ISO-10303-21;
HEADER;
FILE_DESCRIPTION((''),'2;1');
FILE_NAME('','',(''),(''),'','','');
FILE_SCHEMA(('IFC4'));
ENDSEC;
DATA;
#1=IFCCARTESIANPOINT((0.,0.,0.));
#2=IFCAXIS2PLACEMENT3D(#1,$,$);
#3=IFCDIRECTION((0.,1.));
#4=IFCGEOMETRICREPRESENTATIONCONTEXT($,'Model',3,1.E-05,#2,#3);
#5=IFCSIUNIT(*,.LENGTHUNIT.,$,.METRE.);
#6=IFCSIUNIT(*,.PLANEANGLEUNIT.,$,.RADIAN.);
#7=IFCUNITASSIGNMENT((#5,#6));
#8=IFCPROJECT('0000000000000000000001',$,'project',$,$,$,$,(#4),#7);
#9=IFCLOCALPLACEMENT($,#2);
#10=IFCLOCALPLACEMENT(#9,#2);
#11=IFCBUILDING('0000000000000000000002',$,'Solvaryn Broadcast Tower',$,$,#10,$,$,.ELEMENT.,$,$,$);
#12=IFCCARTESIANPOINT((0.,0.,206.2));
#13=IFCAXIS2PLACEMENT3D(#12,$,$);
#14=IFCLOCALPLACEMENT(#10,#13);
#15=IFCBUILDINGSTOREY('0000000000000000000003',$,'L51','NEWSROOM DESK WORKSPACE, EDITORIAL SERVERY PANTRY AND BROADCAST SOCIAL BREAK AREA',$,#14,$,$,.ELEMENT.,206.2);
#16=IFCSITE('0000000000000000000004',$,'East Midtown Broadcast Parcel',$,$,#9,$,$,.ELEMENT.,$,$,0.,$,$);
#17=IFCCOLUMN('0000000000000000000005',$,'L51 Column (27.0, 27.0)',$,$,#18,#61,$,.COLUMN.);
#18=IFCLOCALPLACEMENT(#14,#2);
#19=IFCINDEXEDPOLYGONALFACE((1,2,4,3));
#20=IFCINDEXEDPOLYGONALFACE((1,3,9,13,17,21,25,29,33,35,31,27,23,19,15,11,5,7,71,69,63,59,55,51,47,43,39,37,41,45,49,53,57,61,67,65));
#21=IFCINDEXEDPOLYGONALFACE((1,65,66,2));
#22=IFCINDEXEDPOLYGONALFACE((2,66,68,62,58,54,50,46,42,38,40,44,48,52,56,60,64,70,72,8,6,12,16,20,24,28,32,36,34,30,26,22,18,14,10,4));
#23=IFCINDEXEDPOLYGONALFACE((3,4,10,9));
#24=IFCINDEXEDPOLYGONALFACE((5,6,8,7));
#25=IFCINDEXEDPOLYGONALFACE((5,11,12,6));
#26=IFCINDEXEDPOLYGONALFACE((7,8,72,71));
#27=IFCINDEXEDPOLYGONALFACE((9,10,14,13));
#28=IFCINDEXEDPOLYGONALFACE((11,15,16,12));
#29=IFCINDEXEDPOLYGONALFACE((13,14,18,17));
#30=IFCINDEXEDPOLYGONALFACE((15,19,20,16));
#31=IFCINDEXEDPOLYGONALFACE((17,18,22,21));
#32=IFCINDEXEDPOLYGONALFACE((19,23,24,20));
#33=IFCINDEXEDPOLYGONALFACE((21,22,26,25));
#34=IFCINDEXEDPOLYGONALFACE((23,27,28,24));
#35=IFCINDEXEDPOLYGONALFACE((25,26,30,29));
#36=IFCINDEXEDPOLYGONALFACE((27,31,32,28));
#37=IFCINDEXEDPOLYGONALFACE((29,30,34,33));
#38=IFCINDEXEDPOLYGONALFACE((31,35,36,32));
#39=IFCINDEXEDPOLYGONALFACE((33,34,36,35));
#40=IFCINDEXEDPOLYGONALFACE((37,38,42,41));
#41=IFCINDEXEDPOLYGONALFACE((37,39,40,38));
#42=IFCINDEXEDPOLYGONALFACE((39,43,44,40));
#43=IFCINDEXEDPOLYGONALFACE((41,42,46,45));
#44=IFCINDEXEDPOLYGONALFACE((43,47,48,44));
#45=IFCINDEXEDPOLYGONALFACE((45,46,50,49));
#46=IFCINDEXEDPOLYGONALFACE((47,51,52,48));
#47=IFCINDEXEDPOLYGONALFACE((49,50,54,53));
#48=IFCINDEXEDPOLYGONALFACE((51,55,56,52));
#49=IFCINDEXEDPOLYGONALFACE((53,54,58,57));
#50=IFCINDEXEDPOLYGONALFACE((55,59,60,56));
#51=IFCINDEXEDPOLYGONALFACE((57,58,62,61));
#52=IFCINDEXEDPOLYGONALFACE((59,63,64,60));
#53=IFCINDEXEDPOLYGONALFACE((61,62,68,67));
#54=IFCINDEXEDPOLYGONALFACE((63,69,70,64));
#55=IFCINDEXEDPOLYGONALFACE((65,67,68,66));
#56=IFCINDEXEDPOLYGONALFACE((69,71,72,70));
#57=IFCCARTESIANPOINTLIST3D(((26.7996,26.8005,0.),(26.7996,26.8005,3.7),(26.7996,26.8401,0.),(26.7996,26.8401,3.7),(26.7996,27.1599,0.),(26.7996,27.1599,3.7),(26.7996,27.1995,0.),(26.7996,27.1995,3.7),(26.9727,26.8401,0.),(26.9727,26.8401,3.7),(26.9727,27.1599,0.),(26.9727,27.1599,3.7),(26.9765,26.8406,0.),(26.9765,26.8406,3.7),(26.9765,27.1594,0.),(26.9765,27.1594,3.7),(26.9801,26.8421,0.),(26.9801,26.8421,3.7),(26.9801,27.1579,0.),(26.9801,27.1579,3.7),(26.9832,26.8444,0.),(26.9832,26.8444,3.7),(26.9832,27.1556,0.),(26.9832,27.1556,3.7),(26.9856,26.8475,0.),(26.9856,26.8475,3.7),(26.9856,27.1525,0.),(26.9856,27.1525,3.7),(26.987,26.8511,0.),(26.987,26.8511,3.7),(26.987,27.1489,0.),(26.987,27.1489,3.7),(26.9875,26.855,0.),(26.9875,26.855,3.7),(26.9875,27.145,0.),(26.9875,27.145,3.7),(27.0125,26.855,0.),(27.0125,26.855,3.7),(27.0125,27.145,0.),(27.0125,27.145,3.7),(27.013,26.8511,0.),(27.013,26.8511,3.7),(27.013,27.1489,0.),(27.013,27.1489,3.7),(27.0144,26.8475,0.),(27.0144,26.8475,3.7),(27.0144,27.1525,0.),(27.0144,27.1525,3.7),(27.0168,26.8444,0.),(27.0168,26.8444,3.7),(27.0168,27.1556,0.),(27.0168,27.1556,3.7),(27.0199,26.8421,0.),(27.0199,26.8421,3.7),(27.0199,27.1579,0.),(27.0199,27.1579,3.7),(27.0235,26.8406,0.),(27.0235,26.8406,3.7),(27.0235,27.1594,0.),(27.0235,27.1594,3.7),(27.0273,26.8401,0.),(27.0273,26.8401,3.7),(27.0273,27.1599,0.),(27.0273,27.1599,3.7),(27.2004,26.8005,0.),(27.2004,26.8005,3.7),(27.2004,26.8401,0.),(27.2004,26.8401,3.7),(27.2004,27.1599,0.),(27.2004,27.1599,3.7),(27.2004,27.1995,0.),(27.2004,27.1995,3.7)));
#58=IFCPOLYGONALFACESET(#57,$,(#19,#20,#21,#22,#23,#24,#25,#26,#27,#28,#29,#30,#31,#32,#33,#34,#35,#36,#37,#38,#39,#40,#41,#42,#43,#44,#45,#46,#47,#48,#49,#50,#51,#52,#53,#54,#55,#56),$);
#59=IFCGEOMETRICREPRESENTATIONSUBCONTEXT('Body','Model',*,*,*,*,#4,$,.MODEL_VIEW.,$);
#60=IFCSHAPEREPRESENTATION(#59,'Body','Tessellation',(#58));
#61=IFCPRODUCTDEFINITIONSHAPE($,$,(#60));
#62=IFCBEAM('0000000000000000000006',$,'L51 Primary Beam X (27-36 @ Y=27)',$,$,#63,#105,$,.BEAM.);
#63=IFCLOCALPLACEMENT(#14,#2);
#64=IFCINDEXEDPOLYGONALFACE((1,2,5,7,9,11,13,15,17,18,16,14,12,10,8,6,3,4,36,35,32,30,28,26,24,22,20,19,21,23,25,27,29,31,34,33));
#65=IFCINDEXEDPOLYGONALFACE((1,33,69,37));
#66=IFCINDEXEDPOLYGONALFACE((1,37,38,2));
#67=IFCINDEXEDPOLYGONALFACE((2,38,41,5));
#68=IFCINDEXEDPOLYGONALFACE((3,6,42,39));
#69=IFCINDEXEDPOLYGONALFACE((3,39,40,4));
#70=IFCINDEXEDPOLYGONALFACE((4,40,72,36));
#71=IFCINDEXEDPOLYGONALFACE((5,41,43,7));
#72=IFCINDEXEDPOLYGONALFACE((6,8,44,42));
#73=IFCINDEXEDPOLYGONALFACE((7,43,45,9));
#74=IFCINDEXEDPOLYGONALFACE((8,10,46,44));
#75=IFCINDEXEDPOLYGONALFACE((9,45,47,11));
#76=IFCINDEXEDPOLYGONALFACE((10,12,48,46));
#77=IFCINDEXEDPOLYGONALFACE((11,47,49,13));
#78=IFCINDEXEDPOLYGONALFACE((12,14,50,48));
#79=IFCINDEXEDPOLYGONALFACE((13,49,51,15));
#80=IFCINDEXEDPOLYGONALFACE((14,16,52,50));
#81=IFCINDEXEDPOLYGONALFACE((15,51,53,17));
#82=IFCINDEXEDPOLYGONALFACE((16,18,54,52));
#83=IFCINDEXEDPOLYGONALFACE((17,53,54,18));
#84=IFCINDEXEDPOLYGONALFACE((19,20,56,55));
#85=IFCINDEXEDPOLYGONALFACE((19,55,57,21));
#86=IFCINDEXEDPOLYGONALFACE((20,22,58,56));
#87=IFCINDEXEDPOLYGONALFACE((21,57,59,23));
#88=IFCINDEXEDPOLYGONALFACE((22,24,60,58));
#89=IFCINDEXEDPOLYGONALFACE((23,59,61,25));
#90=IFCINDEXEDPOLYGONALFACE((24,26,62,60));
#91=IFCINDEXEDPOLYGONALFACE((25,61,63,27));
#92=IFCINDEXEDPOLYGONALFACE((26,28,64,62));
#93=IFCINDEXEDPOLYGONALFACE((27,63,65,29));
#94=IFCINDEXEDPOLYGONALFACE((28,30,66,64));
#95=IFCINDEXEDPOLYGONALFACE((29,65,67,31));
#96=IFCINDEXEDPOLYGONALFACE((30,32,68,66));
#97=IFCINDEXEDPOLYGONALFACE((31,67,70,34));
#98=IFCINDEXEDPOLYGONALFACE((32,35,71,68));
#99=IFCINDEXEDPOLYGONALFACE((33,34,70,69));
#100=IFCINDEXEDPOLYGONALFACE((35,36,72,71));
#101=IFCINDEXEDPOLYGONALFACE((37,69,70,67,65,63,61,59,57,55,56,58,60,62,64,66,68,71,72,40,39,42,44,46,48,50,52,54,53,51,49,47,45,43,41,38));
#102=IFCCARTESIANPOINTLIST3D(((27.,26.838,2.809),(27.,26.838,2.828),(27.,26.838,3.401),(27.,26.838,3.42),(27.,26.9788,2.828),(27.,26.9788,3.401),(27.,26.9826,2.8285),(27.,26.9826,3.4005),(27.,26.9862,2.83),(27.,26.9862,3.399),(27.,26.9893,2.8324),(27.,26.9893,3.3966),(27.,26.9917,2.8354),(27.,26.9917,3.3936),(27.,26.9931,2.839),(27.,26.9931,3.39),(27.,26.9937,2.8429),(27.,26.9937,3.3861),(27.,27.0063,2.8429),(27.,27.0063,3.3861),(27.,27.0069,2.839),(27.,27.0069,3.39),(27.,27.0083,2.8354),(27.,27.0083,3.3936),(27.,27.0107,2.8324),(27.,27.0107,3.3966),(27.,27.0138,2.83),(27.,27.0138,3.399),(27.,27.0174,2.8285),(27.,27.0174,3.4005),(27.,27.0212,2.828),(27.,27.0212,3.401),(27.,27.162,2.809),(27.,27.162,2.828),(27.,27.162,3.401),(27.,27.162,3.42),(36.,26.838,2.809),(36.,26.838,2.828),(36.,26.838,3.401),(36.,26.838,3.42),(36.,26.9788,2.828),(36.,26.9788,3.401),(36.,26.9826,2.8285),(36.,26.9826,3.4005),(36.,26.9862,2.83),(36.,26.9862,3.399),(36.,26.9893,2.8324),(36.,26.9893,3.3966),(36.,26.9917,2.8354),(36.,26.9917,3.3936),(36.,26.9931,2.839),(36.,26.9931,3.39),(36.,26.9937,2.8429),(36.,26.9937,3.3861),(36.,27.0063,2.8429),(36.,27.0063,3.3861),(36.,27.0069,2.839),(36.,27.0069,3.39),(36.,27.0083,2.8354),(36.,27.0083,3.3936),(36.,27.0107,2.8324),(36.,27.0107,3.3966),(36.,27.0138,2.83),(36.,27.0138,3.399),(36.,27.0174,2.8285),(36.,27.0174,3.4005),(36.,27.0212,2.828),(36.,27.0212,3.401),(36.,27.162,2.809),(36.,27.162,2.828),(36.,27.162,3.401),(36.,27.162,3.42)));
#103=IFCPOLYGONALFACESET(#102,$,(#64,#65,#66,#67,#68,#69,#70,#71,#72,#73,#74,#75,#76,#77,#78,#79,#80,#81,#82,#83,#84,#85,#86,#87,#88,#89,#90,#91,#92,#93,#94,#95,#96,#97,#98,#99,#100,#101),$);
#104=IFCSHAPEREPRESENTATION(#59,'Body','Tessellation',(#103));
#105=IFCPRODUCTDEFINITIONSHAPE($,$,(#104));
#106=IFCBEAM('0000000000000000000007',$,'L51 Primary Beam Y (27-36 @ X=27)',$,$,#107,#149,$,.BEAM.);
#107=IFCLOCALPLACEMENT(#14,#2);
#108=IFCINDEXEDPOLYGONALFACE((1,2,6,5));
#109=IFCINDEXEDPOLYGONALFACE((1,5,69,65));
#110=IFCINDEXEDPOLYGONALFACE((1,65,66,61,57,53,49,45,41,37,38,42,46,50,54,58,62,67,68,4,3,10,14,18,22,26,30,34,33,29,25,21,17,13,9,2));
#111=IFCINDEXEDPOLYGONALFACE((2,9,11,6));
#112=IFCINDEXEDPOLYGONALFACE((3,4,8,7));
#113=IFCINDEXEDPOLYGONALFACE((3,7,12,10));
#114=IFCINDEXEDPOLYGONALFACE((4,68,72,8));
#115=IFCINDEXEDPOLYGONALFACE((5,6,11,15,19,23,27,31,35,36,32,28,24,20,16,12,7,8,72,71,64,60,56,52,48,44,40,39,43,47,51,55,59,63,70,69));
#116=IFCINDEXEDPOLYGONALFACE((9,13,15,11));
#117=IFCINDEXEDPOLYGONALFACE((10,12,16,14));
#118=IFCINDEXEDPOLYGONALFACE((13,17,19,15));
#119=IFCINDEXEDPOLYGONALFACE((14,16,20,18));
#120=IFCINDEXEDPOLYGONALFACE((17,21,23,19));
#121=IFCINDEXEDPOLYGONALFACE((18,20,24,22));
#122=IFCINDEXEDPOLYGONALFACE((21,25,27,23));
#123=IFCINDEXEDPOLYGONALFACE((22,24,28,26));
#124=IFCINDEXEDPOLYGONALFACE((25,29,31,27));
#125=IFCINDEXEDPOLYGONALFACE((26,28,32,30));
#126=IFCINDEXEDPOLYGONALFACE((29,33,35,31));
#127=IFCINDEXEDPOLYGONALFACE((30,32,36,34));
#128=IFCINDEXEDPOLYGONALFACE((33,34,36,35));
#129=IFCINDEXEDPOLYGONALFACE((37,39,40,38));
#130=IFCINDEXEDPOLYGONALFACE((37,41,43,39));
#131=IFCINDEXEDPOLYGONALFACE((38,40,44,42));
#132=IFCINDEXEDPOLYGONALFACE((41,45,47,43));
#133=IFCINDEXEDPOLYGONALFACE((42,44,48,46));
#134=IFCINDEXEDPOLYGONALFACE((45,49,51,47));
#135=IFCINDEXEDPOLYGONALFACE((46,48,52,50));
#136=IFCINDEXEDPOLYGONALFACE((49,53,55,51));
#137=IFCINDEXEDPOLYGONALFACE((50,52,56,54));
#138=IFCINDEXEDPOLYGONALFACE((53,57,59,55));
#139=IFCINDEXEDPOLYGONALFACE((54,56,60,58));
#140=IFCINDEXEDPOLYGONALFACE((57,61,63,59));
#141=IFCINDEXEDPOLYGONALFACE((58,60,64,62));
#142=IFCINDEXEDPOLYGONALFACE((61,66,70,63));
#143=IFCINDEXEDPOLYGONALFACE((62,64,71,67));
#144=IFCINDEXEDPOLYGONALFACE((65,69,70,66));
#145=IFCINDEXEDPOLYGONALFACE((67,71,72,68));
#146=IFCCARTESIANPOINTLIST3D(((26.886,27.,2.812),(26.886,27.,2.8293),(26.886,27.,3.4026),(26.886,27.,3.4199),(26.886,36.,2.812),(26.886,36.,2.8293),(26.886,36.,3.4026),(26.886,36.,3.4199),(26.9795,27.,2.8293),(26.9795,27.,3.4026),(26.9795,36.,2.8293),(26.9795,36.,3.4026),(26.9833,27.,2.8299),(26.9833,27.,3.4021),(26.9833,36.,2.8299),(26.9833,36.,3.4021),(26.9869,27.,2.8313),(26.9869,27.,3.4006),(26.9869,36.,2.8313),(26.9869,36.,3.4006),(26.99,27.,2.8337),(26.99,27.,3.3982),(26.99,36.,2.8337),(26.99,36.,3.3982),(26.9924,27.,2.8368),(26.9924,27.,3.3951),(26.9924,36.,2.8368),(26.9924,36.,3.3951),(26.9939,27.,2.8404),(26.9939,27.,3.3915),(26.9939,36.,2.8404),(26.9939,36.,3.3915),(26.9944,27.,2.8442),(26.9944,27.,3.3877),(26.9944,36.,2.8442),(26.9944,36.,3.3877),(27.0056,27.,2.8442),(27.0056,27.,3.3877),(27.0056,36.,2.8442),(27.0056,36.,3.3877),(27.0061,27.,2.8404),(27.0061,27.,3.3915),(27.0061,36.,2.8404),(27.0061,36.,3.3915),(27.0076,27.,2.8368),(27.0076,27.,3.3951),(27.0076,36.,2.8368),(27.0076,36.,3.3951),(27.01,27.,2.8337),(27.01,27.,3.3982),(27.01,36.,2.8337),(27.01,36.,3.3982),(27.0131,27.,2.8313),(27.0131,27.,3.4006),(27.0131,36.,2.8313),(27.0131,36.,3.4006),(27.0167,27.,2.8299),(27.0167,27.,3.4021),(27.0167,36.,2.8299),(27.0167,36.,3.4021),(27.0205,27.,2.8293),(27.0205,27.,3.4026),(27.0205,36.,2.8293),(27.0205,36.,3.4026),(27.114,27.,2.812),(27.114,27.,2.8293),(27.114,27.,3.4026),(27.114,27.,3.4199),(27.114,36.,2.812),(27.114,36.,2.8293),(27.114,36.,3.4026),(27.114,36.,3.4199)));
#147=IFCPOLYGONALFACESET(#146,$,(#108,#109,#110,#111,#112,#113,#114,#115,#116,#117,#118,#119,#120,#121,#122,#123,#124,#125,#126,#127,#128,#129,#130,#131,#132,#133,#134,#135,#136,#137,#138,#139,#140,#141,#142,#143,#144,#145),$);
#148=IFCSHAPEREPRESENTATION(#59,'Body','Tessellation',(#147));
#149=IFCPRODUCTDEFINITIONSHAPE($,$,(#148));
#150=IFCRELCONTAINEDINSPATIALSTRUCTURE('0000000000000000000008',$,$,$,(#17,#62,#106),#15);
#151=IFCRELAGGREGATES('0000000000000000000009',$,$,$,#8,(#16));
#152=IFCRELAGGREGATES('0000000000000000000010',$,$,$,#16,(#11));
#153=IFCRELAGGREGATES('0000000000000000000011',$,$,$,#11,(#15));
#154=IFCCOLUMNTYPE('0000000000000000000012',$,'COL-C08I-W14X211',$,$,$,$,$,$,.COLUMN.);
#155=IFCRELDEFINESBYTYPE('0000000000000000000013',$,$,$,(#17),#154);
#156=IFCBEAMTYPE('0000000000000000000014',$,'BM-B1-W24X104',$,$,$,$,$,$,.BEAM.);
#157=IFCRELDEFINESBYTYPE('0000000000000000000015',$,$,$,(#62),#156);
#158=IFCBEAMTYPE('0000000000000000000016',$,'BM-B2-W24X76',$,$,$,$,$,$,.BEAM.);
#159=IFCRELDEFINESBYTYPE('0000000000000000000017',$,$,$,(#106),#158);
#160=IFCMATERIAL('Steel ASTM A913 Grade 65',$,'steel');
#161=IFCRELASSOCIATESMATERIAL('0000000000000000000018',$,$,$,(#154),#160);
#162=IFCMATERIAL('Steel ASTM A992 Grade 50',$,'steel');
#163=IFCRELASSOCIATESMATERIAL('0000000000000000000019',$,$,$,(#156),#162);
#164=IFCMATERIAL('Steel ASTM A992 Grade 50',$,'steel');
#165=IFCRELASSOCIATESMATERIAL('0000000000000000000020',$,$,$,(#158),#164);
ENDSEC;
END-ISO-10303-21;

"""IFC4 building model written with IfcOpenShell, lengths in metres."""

from ifc_helpers import new_model, si_unit, direction, frame, origin, origin_2d, place, context, subcontext, project, spatial, i_section, extrude, material, material_profile, profile_set, type_object, element, save


model = new_model("IFC4")

# Units and contexts
model_context = context("Model", 3, precision=1e-05, world=origin(), true_north=direction((0.0, 1.0)))
body_context = subcontext(model_context, "Body", "Model", "MODEL_VIEW")
ifc_project = project(units=[si_unit("LENGTHUNIT", "METRE"), si_unit("PLANEANGLEUNIT", "RADIAN")], contexts=[model_context])

# Site, building, storey
site_placement = place(None, origin())
site = spatial("IfcSite", under=ifc_project, at=site_placement, Name="East Midtown Broadcast Parcel", CompositionType="ELEMENT", RefElevation=0.0)
building_placement = place(site_placement, origin())
building = spatial("IfcBuilding", under=site, at=building_placement, Name="Solvaryn Broadcast Tower", CompositionType="ELEMENT")
storey_placement = place(building_placement, frame((0.0, 0.0, 206.2)))
storey = spatial("IfcBuildingStorey", under=building, at=storey_placement, Name="L51", Description="NEWSROOM DESK WORKSPACE, EDITORIAL SERVERY PANTRY AND BROADCAST SOCIAL BREAK AREA", CompositionType="ELEMENT", Elevation=206.2)

# Column
ifc_material_1 = material(Name="Steel ASTM A913 Grade 65", Category="steel")
ifc_material_profile_1 = material_profile(ifc_material_1, i_section(OverallWidth=0.4009, OverallDepth=0.3989, WebThickness=0.0249, FlangeThickness=0.0396, FilletRadius=0.0149, at=origin_2d()))
ifc_profile_set_1 = profile_set([ifc_material_profile_1], Name="Steel ASTM A913 Grade 65")
column_type = type_object("IfcColumnType", Name="COL-C08I-W14X211", PredefinedType="COLUMN", material=ifc_profile_set_1)
column_placement = place(storey_placement, frame((27.0, 27.0, 0.0), z_axis=(0.0, 0.0, 1.0), x_axis=(1.0, 0.0, 0.0)))
element("IfcColumn", 1, at=column_placement, inside=storey, type_object=column_type, Name="L51 Column (27.0, 27.0)", PredefinedType="COLUMN", context=body_context, shape_type="SweptSolid", body=[
    extrude(i_section(OverallWidth=0.4009, OverallDepth=0.3989, WebThickness=0.0249, FlangeThickness=0.0396, FilletRadius=0.0149, at=origin_2d()), origin(), (0.0, 0.0, 1.0), 3.7),
])

# Beams
ifc_material_2 = material(Name="Steel ASTM A992 Grade 50", Category="steel")
ifc_material_profile_2 = material_profile(ifc_material_2, i_section(OverallWidth=0.324, OverallDepth=0.6111, WebThickness=0.0127, FlangeThickness=0.019, FilletRadius=0.0149, at=origin_2d()))
ifc_profile_set_2 = profile_set([ifc_material_profile_2], Name="Steel ASTM A992 Grade 50")
beam_type_1 = type_object("IfcBeamType", Name="BM-B1-W24X104", PredefinedType="BEAM", material=ifc_profile_set_2)
beam_1_placement = place(storey_placement, frame((27.0, 27.0, 3.1145), z_axis=(1.0, 0.0, 0.0), x_axis=(0.0, 1.0, 0.0)))
element("IfcBeam", 2, at=beam_1_placement, inside=storey, type_object=beam_type_1, Name="L51 Primary Beam X (27-36 @ Y=27)", PredefinedType="BEAM", context=body_context, shape_type="SweptSolid", body=[
    extrude(i_section(OverallWidth=0.324, OverallDepth=0.6111, WebThickness=0.0127, FlangeThickness=0.019, FilletRadius=0.0149, at=origin_2d()), origin(), (0.0, 0.0, 1.0), 9.0),
])
ifc_material_3 = material(Name="Steel ASTM A992 Grade 50", Category="steel")
ifc_material_profile_3 = material_profile(ifc_material_3, i_section(OverallWidth=0.228, OverallDepth=0.6079, WebThickness=0.0112, FlangeThickness=0.0173, FilletRadius=0.0149, at=origin_2d()))
ifc_profile_set_3 = profile_set([ifc_material_profile_3], Name="Steel ASTM A992 Grade 50")
beam_type_2 = type_object("IfcBeamType", Name="BM-B2-W24X76", PredefinedType="BEAM", material=ifc_profile_set_3)
beam_2_placement = place(storey_placement, frame((27.0, 27.0, 3.116), z_axis=(0.0, 1.0, 0.0), x_axis=(-1.0, 0.0, 0.0)))
element("IfcBeam", 3, at=beam_2_placement, inside=storey, type_object=beam_type_2, Name="L51 Primary Beam Y (27-36 @ X=27)", PredefinedType="BEAM", context=body_context, shape_type="SweptSolid", body=[
    extrude(i_section(OverallWidth=0.228, OverallDepth=0.6079, WebThickness=0.0112, FlangeThickness=0.0173, FilletRadius=0.0149, at=origin_2d()), origin(), (0.0, 0.0, 1.0), 9.0),
])

save(model, "model.ifc")
